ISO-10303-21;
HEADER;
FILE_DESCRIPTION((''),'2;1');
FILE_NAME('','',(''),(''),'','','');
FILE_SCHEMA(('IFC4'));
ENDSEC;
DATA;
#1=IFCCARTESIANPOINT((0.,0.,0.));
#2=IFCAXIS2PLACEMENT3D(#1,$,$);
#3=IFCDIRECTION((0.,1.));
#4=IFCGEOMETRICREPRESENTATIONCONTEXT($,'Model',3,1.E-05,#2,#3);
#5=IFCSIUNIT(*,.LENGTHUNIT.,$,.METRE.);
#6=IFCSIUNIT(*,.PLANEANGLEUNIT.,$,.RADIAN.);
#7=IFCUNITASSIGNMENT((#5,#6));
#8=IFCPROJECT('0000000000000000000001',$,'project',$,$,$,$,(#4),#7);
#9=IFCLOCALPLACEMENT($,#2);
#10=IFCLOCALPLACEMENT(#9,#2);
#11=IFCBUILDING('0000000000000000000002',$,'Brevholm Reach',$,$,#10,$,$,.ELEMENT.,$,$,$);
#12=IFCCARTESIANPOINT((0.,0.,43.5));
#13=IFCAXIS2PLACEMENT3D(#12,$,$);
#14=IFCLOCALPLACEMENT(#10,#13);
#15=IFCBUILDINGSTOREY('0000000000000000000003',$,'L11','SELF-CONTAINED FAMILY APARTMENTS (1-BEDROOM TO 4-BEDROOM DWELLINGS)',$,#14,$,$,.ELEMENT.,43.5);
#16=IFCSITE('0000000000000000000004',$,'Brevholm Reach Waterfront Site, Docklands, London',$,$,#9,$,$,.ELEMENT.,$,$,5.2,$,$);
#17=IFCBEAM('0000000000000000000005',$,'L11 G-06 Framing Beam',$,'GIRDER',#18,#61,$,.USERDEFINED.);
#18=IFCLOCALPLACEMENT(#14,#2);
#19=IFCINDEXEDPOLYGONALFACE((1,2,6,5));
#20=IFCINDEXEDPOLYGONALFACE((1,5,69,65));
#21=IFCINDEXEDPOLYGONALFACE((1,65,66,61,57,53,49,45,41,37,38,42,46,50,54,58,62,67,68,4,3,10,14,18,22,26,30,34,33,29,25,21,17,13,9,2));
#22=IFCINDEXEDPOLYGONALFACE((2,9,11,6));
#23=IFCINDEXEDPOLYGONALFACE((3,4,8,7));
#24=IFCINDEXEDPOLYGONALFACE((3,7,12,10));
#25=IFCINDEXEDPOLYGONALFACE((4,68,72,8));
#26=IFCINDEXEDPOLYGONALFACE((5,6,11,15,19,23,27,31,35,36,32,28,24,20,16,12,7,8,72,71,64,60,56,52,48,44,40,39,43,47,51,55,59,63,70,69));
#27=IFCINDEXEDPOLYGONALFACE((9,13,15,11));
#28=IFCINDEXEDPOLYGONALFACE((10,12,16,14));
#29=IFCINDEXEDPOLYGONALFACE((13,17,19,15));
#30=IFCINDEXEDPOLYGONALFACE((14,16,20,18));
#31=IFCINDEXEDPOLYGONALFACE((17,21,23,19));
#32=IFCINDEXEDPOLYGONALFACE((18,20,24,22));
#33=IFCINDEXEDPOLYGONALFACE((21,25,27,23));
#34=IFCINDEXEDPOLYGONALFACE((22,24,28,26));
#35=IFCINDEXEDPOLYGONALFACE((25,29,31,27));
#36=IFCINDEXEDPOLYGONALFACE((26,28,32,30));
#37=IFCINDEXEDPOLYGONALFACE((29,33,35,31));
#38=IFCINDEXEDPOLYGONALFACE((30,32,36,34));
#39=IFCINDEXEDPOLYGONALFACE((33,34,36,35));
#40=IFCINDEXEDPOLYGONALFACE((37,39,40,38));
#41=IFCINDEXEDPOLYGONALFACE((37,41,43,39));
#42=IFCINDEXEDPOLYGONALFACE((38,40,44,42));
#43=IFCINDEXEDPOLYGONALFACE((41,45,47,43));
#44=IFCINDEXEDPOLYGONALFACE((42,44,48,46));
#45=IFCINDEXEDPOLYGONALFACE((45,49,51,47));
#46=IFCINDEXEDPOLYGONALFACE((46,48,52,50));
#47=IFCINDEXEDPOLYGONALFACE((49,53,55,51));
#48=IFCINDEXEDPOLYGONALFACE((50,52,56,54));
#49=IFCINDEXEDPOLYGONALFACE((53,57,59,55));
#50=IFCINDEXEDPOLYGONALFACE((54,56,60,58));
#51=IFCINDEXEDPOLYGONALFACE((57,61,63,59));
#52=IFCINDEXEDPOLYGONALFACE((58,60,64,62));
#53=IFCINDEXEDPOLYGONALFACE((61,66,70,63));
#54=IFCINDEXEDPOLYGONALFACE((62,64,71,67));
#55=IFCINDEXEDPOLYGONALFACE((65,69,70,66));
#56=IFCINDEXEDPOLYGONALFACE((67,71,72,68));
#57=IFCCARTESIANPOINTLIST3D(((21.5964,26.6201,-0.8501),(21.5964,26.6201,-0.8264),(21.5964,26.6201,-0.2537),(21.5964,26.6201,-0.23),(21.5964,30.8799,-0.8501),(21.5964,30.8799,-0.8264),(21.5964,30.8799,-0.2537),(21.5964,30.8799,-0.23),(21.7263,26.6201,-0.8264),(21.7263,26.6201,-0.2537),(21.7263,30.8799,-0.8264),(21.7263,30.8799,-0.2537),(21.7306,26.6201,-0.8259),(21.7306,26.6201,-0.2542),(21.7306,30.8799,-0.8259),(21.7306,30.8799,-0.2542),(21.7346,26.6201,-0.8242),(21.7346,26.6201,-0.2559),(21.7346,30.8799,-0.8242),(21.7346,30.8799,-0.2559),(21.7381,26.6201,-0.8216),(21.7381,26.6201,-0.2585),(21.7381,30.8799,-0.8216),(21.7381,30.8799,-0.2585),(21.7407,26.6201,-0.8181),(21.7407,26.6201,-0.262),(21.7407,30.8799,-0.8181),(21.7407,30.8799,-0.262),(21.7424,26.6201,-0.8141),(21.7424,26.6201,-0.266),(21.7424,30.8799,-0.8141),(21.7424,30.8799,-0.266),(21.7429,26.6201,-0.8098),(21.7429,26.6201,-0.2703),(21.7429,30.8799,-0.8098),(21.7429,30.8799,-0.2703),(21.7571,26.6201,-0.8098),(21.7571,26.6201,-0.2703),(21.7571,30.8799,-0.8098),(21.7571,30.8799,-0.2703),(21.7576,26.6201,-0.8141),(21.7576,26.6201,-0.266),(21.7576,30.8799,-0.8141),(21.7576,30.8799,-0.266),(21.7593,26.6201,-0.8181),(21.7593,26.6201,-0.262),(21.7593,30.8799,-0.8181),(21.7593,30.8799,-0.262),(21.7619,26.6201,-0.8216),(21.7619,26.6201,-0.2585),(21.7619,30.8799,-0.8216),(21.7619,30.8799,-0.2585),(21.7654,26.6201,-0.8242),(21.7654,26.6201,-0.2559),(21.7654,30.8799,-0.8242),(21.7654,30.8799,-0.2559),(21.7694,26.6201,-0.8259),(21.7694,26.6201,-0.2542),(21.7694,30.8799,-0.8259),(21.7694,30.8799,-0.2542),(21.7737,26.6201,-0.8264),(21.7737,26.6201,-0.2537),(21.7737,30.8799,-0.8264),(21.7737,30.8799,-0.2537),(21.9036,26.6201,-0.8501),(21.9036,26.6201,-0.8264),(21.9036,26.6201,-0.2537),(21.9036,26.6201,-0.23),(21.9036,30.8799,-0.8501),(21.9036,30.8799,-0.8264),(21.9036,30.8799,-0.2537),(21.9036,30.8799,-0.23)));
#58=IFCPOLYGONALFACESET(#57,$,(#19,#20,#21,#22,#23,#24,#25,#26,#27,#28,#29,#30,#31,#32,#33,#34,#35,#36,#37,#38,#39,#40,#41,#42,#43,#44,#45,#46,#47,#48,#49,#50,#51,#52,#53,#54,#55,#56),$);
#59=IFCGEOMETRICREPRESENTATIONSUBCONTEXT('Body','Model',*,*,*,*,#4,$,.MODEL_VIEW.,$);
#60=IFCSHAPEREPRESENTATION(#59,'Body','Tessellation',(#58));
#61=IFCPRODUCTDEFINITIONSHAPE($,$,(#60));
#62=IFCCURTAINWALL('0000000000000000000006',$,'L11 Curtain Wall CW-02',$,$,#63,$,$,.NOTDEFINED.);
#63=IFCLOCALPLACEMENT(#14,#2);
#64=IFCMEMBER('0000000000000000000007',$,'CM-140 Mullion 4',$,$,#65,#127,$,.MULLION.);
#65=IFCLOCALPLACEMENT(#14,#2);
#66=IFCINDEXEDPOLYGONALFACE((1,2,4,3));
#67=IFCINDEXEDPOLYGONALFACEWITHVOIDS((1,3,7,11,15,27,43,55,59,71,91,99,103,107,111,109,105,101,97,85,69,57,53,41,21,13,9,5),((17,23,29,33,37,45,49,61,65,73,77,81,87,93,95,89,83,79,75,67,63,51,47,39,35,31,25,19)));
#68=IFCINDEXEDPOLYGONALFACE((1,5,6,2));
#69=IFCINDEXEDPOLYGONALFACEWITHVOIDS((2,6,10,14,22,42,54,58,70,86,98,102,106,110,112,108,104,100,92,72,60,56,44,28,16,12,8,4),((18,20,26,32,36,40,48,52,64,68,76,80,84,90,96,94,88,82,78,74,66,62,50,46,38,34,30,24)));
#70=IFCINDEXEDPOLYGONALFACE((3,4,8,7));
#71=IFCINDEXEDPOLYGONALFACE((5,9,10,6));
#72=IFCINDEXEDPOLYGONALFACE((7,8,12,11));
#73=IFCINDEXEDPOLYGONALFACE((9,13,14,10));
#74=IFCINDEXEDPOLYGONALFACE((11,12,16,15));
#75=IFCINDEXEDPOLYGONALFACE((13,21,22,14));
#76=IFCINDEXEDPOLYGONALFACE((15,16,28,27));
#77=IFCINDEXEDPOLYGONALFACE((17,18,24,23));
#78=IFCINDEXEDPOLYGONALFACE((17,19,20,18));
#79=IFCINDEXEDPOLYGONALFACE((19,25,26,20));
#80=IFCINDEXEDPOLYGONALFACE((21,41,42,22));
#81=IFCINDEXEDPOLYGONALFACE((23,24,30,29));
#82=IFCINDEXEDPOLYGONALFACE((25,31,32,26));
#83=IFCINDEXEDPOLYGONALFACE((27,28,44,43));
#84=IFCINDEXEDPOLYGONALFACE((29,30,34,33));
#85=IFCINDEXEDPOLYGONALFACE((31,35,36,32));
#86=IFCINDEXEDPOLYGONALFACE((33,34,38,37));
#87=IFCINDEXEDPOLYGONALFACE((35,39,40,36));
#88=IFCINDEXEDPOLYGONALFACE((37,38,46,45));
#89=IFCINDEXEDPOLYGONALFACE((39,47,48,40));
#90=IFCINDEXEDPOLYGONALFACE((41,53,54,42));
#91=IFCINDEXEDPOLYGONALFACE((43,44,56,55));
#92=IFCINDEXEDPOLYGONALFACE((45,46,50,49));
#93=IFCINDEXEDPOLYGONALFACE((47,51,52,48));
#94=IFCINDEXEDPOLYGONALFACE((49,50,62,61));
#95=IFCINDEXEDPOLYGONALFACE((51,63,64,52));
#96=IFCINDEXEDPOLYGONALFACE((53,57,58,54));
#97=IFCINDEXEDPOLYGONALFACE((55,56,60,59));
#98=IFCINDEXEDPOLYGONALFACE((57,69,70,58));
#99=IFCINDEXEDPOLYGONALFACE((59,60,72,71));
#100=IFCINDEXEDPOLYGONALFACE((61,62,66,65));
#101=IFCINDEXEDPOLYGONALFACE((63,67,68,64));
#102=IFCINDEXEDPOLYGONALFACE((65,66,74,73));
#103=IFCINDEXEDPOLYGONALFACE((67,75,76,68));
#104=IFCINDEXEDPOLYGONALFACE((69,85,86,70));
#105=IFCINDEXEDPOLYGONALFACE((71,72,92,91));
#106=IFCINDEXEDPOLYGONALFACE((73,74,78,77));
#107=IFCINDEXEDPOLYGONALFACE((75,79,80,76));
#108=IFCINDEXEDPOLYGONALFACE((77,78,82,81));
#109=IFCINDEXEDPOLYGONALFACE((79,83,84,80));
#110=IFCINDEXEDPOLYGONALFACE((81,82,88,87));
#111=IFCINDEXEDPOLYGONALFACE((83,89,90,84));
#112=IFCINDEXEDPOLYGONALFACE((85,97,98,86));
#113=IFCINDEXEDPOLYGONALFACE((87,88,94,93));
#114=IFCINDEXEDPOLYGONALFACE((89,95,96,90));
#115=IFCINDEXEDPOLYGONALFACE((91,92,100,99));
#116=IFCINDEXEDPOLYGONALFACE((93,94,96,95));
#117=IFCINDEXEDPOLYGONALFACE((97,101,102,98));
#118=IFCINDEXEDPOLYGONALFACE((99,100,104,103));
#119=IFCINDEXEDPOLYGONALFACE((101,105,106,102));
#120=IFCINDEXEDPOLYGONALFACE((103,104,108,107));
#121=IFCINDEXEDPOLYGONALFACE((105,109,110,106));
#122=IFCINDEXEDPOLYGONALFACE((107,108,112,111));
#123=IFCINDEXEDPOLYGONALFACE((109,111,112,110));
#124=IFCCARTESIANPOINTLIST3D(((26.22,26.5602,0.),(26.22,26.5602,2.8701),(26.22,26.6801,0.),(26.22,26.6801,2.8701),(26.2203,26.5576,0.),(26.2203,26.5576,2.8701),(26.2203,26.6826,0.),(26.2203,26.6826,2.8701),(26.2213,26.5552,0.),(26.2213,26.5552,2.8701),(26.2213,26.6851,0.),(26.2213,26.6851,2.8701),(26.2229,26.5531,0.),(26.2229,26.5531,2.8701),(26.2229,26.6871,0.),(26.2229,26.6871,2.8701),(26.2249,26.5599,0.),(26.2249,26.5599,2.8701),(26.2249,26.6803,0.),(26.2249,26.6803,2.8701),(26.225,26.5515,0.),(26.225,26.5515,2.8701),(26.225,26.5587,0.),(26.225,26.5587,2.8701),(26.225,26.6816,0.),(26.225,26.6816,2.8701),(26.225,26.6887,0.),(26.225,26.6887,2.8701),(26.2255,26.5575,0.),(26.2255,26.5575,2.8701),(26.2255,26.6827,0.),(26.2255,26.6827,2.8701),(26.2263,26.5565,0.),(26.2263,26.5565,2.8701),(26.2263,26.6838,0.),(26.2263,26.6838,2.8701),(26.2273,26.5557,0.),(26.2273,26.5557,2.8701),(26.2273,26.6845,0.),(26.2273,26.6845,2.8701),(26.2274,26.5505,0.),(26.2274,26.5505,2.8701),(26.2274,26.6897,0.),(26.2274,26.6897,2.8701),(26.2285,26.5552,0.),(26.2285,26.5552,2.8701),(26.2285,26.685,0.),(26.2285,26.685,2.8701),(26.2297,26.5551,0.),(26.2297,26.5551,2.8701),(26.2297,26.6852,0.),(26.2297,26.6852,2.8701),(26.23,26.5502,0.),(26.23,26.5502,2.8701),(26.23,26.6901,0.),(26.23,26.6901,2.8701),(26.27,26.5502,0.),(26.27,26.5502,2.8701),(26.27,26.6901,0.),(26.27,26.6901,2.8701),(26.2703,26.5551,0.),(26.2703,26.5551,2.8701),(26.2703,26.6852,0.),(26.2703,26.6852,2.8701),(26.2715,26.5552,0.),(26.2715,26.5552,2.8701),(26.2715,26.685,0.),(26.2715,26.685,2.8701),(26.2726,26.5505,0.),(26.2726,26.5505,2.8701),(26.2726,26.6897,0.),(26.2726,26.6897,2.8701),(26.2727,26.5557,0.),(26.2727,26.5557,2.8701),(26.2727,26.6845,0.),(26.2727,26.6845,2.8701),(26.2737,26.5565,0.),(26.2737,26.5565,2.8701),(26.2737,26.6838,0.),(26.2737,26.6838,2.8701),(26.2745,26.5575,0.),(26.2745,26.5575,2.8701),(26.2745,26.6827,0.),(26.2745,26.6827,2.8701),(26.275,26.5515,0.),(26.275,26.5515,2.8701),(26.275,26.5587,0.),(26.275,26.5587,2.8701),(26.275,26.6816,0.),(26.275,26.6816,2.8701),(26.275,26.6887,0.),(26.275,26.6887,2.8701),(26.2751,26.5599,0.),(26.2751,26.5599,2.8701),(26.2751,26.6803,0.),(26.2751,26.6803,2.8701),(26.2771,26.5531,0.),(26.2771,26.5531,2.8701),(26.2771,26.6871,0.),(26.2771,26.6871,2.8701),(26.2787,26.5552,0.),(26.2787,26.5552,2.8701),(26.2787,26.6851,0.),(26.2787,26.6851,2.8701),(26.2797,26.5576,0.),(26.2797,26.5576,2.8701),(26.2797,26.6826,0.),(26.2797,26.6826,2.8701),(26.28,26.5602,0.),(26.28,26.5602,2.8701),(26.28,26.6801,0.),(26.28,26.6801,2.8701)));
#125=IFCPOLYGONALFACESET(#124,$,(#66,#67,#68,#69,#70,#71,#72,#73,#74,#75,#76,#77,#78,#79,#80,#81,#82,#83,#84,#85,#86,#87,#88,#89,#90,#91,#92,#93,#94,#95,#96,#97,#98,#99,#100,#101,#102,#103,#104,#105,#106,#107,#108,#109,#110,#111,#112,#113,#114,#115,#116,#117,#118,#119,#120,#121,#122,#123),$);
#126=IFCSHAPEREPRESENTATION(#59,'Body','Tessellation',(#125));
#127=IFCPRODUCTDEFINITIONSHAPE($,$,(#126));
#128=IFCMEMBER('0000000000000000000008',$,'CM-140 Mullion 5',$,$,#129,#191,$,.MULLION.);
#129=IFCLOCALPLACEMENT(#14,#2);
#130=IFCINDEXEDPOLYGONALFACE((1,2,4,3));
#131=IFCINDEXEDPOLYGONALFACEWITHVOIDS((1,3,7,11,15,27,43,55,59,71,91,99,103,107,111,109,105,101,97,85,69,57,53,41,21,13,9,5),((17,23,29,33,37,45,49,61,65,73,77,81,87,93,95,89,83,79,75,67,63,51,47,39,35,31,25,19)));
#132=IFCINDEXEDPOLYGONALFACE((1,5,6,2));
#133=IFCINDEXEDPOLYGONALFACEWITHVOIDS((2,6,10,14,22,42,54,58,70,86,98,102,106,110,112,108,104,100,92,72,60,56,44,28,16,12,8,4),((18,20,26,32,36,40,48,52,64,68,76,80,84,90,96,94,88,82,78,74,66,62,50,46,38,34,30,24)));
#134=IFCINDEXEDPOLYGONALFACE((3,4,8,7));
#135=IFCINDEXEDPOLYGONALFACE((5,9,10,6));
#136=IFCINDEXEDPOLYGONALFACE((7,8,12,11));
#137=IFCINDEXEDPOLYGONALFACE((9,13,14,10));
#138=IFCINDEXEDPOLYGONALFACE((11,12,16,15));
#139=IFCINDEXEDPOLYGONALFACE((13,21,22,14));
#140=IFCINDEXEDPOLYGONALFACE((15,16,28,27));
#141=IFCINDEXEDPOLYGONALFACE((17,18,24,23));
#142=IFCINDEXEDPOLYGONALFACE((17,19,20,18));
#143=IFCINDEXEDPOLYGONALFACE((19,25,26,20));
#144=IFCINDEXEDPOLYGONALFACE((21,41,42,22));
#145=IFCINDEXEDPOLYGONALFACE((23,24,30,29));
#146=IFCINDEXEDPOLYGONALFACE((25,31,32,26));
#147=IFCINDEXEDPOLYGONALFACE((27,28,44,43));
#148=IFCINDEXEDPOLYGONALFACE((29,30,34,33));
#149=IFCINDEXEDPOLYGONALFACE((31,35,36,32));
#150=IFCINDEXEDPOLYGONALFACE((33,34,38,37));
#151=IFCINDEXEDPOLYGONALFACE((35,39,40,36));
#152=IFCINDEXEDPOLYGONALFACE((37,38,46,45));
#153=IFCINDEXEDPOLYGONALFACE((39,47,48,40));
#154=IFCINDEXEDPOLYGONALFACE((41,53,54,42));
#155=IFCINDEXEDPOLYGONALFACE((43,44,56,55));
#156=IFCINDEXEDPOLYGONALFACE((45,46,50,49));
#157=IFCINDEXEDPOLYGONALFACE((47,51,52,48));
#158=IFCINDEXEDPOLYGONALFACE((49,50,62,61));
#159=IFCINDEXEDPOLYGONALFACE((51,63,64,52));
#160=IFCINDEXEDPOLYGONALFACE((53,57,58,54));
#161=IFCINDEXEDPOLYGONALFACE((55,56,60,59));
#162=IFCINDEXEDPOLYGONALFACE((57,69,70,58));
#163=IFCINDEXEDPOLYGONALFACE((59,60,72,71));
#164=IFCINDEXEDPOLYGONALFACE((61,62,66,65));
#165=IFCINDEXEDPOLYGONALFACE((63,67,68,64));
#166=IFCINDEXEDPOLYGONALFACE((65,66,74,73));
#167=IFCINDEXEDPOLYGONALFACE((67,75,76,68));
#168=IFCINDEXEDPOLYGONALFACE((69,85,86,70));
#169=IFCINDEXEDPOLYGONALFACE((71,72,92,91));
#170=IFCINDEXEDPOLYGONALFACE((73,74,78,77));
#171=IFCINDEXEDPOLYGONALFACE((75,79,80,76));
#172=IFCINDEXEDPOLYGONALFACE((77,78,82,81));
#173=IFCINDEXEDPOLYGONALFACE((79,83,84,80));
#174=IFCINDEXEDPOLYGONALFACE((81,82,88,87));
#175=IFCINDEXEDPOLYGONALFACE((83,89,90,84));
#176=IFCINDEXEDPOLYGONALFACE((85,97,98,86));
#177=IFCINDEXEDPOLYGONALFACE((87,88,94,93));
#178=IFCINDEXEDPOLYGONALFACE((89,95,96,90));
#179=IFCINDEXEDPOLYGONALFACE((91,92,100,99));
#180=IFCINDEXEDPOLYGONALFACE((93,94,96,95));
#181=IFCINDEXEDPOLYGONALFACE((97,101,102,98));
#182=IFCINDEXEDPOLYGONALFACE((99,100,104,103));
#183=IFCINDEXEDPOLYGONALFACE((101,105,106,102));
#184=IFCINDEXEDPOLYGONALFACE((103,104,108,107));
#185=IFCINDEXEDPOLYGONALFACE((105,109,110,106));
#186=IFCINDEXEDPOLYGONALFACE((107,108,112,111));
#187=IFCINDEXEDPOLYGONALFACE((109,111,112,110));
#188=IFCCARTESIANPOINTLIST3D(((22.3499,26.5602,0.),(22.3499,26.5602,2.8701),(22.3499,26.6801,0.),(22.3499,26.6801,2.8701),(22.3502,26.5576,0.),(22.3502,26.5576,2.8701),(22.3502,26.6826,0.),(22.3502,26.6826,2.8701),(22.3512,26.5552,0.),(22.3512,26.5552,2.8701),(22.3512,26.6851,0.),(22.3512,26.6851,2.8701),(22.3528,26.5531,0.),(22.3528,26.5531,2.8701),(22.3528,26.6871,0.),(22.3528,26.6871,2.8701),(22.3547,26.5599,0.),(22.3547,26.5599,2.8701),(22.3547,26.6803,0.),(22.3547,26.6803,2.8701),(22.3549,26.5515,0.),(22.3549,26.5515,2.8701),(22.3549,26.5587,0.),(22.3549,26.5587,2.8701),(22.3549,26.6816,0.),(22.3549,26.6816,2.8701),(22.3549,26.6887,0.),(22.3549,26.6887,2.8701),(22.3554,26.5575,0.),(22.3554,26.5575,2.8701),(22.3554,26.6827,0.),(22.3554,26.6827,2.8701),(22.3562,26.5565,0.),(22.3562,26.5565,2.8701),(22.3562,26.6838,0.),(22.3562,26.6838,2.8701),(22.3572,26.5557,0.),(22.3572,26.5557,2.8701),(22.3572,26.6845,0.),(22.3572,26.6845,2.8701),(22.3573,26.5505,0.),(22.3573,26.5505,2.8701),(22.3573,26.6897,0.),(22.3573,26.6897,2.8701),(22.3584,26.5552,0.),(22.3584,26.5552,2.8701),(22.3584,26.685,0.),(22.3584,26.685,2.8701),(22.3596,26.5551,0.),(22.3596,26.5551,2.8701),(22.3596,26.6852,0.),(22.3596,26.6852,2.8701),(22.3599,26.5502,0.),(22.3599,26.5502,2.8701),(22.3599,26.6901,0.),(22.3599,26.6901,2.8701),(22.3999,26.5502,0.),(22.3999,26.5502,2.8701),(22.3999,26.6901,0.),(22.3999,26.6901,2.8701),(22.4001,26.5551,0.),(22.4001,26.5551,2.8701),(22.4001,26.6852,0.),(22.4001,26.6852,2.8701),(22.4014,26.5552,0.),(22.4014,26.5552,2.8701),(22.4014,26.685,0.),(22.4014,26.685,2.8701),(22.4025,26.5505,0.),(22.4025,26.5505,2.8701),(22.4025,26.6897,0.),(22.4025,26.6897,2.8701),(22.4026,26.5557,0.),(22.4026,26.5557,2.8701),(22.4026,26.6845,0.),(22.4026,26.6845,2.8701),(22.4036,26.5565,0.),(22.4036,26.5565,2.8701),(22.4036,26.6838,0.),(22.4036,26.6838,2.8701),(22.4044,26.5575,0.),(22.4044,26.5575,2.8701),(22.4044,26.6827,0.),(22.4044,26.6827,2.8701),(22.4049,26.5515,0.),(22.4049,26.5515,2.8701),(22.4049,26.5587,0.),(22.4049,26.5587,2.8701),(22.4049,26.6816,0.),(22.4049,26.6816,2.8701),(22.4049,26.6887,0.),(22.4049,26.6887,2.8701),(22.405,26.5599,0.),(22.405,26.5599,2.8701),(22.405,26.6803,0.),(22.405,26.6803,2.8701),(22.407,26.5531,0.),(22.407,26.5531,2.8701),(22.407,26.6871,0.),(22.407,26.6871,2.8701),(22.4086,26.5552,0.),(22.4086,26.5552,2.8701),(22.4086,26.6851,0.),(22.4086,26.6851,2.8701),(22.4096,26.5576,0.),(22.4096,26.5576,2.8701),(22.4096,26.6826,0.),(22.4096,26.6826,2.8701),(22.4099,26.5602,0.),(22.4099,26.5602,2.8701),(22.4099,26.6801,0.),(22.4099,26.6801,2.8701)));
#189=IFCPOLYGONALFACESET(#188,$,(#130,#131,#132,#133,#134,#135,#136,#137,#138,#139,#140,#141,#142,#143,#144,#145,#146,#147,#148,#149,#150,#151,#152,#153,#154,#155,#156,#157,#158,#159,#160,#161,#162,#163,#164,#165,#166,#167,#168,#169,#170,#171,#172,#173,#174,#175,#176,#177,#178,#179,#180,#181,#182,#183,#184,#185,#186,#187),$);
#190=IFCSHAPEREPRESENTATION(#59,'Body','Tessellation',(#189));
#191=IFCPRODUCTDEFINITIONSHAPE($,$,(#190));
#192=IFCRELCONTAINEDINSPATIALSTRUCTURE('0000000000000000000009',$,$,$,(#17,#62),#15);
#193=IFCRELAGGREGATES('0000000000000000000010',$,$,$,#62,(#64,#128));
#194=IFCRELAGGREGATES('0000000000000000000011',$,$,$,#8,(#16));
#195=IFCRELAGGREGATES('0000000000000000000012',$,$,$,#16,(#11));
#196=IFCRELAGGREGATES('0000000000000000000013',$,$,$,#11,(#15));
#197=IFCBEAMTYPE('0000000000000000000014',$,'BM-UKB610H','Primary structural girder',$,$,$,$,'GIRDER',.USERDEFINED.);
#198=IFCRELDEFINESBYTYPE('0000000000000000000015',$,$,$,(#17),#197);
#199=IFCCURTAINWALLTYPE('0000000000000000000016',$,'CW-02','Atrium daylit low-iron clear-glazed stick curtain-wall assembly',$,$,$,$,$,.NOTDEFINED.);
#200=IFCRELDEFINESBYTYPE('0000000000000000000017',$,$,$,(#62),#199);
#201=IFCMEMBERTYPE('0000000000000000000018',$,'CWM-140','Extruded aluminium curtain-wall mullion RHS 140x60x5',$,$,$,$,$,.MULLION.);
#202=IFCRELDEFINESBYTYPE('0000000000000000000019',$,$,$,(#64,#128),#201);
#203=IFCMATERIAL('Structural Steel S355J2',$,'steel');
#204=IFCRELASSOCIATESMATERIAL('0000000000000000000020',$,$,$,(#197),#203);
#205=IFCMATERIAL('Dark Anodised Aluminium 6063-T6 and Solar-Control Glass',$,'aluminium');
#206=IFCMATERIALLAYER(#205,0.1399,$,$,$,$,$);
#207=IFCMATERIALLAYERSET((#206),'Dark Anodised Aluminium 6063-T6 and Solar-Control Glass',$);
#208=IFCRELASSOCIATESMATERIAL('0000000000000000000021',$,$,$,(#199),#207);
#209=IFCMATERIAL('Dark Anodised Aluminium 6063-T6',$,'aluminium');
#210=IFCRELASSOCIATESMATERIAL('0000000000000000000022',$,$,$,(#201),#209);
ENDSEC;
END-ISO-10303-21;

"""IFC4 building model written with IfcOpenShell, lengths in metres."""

from ifc_helpers import new_model, si_unit, direction, frame, origin, origin_2d, place, context, subcontext, project, spatial, hollow_rectangle, i_section, extrude, material, layer, layer_set, material_profile, profile_set, type_object, element, aggregate, save


model = new_model("IFC4")

# Units and contexts
model_context = context("Model", 3, precision=1e-05, world=origin(), true_north=direction((0.0, 1.0)))
body_context = subcontext(model_context, "Body", "Model", "MODEL_VIEW")
ifc_project = project(units=[si_unit("LENGTHUNIT", "METRE"), si_unit("PLANEANGLEUNIT", "RADIAN")], contexts=[model_context])

# Site, building, storey
site_placement = place(None, origin())
site = spatial("IfcSite", under=ifc_project, at=site_placement, Name="Brevholm Reach Waterfront Site, Docklands, London", CompositionType="ELEMENT", RefElevation=5.2)
building_placement = place(site_placement, origin())
building = spatial("IfcBuilding", under=site, at=building_placement, Name="Brevholm Reach", CompositionType="ELEMENT")
storey_placement = place(building_placement, frame((0.0, 0.0, 43.5)))
storey = spatial("IfcBuildingStorey", under=building, at=storey_placement, Name="L11", Description="SELF-CONTAINED FAMILY APARTMENTS (1-BEDROOM TO 4-BEDROOM DWELLINGS)", CompositionType="ELEMENT", Elevation=43.5)

# Beam
ifc_material_1 = material(Name="Structural Steel S355J2", Category="steel")
ifc_material_profile_1 = material_profile(ifc_material_1, i_section(OverallWidth=0.3071, OverallDepth=0.6201, WebThickness=0.0142, FlangeThickness=0.0237, FilletRadius=0.0166, at=origin_2d()), Name="UKB 610x305x179")
ifc_profile_set_1 = profile_set([ifc_material_profile_1], Name="Structural Steel S355J2")
beam_type_1 = type_object("IfcBeamType", Name="BM-UKB610H", Description="Primary structural girder", ElementType="GIRDER", PredefinedType="USERDEFINED", material=ifc_profile_set_1)
beam_1_placement = place(storey_placement, frame((21.75, 26.6201, -0.54), z_axis=(0.0, 1.0, 0.0), x_axis=(-1.0, 0.0, 0.0)))
element("IfcBeam", 1, at=beam_1_placement, inside=storey, type_object=beam_type_1, Name="L11 G-06 Framing Beam", ObjectType="GIRDER", PredefinedType="USERDEFINED", context=body_context, shape_type="SweptSolid", body=[
    extrude(i_section(OverallWidth=0.3071, OverallDepth=0.6201, WebThickness=0.0142, FlangeThickness=0.0237, FilletRadius=0.0166, at=origin_2d()), origin(), (0.0, 0.0, 1.0), 4.2598),
])

# Curtain wall, members
ifc_material_2 = material(Name="Dark Anodised Aluminium 6063-T6 and Solar-Control Glass", Category="aluminium")
ifc_layer_1 = layer(ifc_material_2, 0.1399)
ifc_layer_set_1 = layer_set([ifc_layer_1], Name="Dark Anodised Aluminium 6063-T6 and Solar-Control Glass")
curtain_wall_type = type_object("IfcCurtainWallType", Name="CW-02", Description="Atrium daylit low-iron clear-glazed stick curtain-wall assembly", PredefinedType="NOTDEFINED", material=ifc_layer_set_1)
curtain_wall_placement = place(storey_placement, origin())
curtain_wall = element("IfcCurtainWall", 2, at=curtain_wall_placement, inside=storey, type_object=curtain_wall_type, Name="L11 Curtain Wall CW-02", PredefinedType="NOTDEFINED")
ifc_material_3 = material(Name="Dark Anodised Aluminium 6063-T6", Category="aluminium")
ifc_material_profile_2 = material_profile(ifc_material_3, hollow_rectangle(XDim=0.0601, YDim=0.1399, WallThickness=0.0049, InnerFilletRadius=0.0049, OuterFilletRadius=0.01, at=origin_2d()), Name="RHS 140x60x5")
ifc_profile_set_2 = profile_set([ifc_material_profile_2], Name="Dark Anodised Aluminium 6063-T6")
member_type_1 = type_object("IfcMemberType", Name="CWM-140", Description="Extruded aluminium curtain-wall mullion RHS 140x60x5", PredefinedType="MULLION", material=ifc_profile_set_2)
member_1_placement = place(storey_placement, frame((26.25, 26.6201, 0.0), z_axis=(0.0, 0.0, 1.0), x_axis=(-1.0, 0.0, 0.0)))
member_1 = element("IfcMember", 3, at=member_1_placement, type_object=member_type_1, Name="CM-140 Mullion 4", PredefinedType="MULLION", context=body_context, shape_type="SweptSolid", body=[
    extrude(hollow_rectangle(XDim=0.0601, YDim=0.1399, WallThickness=0.0049, InnerFilletRadius=0.0049, OuterFilletRadius=0.01, at=origin_2d()), origin(), (0.0, 0.0, 1.0), 2.8701),
])
member_2_placement = place(storey_placement, frame((22.3799, 26.6201, 0.0), z_axis=(0.0, 0.0, 1.0), x_axis=(-1.0, 0.0, 0.0)))
member_2 = element("IfcMember", 4, at=member_2_placement, type_object=member_type_1, Name="CM-140 Mullion 5", PredefinedType="MULLION", context=body_context, shape_type="SweptSolid", body=[
    extrude(hollow_rectangle(XDim=0.0601, YDim=0.1399, WallThickness=0.0049, InnerFilletRadius=0.0049, OuterFilletRadius=0.01, at=origin_2d()), origin(), (0.0, 0.0, 1.0), 2.8701),
])
aggregate(curtain_wall, [member_1, member_2])

save(model, "model.ifc")
